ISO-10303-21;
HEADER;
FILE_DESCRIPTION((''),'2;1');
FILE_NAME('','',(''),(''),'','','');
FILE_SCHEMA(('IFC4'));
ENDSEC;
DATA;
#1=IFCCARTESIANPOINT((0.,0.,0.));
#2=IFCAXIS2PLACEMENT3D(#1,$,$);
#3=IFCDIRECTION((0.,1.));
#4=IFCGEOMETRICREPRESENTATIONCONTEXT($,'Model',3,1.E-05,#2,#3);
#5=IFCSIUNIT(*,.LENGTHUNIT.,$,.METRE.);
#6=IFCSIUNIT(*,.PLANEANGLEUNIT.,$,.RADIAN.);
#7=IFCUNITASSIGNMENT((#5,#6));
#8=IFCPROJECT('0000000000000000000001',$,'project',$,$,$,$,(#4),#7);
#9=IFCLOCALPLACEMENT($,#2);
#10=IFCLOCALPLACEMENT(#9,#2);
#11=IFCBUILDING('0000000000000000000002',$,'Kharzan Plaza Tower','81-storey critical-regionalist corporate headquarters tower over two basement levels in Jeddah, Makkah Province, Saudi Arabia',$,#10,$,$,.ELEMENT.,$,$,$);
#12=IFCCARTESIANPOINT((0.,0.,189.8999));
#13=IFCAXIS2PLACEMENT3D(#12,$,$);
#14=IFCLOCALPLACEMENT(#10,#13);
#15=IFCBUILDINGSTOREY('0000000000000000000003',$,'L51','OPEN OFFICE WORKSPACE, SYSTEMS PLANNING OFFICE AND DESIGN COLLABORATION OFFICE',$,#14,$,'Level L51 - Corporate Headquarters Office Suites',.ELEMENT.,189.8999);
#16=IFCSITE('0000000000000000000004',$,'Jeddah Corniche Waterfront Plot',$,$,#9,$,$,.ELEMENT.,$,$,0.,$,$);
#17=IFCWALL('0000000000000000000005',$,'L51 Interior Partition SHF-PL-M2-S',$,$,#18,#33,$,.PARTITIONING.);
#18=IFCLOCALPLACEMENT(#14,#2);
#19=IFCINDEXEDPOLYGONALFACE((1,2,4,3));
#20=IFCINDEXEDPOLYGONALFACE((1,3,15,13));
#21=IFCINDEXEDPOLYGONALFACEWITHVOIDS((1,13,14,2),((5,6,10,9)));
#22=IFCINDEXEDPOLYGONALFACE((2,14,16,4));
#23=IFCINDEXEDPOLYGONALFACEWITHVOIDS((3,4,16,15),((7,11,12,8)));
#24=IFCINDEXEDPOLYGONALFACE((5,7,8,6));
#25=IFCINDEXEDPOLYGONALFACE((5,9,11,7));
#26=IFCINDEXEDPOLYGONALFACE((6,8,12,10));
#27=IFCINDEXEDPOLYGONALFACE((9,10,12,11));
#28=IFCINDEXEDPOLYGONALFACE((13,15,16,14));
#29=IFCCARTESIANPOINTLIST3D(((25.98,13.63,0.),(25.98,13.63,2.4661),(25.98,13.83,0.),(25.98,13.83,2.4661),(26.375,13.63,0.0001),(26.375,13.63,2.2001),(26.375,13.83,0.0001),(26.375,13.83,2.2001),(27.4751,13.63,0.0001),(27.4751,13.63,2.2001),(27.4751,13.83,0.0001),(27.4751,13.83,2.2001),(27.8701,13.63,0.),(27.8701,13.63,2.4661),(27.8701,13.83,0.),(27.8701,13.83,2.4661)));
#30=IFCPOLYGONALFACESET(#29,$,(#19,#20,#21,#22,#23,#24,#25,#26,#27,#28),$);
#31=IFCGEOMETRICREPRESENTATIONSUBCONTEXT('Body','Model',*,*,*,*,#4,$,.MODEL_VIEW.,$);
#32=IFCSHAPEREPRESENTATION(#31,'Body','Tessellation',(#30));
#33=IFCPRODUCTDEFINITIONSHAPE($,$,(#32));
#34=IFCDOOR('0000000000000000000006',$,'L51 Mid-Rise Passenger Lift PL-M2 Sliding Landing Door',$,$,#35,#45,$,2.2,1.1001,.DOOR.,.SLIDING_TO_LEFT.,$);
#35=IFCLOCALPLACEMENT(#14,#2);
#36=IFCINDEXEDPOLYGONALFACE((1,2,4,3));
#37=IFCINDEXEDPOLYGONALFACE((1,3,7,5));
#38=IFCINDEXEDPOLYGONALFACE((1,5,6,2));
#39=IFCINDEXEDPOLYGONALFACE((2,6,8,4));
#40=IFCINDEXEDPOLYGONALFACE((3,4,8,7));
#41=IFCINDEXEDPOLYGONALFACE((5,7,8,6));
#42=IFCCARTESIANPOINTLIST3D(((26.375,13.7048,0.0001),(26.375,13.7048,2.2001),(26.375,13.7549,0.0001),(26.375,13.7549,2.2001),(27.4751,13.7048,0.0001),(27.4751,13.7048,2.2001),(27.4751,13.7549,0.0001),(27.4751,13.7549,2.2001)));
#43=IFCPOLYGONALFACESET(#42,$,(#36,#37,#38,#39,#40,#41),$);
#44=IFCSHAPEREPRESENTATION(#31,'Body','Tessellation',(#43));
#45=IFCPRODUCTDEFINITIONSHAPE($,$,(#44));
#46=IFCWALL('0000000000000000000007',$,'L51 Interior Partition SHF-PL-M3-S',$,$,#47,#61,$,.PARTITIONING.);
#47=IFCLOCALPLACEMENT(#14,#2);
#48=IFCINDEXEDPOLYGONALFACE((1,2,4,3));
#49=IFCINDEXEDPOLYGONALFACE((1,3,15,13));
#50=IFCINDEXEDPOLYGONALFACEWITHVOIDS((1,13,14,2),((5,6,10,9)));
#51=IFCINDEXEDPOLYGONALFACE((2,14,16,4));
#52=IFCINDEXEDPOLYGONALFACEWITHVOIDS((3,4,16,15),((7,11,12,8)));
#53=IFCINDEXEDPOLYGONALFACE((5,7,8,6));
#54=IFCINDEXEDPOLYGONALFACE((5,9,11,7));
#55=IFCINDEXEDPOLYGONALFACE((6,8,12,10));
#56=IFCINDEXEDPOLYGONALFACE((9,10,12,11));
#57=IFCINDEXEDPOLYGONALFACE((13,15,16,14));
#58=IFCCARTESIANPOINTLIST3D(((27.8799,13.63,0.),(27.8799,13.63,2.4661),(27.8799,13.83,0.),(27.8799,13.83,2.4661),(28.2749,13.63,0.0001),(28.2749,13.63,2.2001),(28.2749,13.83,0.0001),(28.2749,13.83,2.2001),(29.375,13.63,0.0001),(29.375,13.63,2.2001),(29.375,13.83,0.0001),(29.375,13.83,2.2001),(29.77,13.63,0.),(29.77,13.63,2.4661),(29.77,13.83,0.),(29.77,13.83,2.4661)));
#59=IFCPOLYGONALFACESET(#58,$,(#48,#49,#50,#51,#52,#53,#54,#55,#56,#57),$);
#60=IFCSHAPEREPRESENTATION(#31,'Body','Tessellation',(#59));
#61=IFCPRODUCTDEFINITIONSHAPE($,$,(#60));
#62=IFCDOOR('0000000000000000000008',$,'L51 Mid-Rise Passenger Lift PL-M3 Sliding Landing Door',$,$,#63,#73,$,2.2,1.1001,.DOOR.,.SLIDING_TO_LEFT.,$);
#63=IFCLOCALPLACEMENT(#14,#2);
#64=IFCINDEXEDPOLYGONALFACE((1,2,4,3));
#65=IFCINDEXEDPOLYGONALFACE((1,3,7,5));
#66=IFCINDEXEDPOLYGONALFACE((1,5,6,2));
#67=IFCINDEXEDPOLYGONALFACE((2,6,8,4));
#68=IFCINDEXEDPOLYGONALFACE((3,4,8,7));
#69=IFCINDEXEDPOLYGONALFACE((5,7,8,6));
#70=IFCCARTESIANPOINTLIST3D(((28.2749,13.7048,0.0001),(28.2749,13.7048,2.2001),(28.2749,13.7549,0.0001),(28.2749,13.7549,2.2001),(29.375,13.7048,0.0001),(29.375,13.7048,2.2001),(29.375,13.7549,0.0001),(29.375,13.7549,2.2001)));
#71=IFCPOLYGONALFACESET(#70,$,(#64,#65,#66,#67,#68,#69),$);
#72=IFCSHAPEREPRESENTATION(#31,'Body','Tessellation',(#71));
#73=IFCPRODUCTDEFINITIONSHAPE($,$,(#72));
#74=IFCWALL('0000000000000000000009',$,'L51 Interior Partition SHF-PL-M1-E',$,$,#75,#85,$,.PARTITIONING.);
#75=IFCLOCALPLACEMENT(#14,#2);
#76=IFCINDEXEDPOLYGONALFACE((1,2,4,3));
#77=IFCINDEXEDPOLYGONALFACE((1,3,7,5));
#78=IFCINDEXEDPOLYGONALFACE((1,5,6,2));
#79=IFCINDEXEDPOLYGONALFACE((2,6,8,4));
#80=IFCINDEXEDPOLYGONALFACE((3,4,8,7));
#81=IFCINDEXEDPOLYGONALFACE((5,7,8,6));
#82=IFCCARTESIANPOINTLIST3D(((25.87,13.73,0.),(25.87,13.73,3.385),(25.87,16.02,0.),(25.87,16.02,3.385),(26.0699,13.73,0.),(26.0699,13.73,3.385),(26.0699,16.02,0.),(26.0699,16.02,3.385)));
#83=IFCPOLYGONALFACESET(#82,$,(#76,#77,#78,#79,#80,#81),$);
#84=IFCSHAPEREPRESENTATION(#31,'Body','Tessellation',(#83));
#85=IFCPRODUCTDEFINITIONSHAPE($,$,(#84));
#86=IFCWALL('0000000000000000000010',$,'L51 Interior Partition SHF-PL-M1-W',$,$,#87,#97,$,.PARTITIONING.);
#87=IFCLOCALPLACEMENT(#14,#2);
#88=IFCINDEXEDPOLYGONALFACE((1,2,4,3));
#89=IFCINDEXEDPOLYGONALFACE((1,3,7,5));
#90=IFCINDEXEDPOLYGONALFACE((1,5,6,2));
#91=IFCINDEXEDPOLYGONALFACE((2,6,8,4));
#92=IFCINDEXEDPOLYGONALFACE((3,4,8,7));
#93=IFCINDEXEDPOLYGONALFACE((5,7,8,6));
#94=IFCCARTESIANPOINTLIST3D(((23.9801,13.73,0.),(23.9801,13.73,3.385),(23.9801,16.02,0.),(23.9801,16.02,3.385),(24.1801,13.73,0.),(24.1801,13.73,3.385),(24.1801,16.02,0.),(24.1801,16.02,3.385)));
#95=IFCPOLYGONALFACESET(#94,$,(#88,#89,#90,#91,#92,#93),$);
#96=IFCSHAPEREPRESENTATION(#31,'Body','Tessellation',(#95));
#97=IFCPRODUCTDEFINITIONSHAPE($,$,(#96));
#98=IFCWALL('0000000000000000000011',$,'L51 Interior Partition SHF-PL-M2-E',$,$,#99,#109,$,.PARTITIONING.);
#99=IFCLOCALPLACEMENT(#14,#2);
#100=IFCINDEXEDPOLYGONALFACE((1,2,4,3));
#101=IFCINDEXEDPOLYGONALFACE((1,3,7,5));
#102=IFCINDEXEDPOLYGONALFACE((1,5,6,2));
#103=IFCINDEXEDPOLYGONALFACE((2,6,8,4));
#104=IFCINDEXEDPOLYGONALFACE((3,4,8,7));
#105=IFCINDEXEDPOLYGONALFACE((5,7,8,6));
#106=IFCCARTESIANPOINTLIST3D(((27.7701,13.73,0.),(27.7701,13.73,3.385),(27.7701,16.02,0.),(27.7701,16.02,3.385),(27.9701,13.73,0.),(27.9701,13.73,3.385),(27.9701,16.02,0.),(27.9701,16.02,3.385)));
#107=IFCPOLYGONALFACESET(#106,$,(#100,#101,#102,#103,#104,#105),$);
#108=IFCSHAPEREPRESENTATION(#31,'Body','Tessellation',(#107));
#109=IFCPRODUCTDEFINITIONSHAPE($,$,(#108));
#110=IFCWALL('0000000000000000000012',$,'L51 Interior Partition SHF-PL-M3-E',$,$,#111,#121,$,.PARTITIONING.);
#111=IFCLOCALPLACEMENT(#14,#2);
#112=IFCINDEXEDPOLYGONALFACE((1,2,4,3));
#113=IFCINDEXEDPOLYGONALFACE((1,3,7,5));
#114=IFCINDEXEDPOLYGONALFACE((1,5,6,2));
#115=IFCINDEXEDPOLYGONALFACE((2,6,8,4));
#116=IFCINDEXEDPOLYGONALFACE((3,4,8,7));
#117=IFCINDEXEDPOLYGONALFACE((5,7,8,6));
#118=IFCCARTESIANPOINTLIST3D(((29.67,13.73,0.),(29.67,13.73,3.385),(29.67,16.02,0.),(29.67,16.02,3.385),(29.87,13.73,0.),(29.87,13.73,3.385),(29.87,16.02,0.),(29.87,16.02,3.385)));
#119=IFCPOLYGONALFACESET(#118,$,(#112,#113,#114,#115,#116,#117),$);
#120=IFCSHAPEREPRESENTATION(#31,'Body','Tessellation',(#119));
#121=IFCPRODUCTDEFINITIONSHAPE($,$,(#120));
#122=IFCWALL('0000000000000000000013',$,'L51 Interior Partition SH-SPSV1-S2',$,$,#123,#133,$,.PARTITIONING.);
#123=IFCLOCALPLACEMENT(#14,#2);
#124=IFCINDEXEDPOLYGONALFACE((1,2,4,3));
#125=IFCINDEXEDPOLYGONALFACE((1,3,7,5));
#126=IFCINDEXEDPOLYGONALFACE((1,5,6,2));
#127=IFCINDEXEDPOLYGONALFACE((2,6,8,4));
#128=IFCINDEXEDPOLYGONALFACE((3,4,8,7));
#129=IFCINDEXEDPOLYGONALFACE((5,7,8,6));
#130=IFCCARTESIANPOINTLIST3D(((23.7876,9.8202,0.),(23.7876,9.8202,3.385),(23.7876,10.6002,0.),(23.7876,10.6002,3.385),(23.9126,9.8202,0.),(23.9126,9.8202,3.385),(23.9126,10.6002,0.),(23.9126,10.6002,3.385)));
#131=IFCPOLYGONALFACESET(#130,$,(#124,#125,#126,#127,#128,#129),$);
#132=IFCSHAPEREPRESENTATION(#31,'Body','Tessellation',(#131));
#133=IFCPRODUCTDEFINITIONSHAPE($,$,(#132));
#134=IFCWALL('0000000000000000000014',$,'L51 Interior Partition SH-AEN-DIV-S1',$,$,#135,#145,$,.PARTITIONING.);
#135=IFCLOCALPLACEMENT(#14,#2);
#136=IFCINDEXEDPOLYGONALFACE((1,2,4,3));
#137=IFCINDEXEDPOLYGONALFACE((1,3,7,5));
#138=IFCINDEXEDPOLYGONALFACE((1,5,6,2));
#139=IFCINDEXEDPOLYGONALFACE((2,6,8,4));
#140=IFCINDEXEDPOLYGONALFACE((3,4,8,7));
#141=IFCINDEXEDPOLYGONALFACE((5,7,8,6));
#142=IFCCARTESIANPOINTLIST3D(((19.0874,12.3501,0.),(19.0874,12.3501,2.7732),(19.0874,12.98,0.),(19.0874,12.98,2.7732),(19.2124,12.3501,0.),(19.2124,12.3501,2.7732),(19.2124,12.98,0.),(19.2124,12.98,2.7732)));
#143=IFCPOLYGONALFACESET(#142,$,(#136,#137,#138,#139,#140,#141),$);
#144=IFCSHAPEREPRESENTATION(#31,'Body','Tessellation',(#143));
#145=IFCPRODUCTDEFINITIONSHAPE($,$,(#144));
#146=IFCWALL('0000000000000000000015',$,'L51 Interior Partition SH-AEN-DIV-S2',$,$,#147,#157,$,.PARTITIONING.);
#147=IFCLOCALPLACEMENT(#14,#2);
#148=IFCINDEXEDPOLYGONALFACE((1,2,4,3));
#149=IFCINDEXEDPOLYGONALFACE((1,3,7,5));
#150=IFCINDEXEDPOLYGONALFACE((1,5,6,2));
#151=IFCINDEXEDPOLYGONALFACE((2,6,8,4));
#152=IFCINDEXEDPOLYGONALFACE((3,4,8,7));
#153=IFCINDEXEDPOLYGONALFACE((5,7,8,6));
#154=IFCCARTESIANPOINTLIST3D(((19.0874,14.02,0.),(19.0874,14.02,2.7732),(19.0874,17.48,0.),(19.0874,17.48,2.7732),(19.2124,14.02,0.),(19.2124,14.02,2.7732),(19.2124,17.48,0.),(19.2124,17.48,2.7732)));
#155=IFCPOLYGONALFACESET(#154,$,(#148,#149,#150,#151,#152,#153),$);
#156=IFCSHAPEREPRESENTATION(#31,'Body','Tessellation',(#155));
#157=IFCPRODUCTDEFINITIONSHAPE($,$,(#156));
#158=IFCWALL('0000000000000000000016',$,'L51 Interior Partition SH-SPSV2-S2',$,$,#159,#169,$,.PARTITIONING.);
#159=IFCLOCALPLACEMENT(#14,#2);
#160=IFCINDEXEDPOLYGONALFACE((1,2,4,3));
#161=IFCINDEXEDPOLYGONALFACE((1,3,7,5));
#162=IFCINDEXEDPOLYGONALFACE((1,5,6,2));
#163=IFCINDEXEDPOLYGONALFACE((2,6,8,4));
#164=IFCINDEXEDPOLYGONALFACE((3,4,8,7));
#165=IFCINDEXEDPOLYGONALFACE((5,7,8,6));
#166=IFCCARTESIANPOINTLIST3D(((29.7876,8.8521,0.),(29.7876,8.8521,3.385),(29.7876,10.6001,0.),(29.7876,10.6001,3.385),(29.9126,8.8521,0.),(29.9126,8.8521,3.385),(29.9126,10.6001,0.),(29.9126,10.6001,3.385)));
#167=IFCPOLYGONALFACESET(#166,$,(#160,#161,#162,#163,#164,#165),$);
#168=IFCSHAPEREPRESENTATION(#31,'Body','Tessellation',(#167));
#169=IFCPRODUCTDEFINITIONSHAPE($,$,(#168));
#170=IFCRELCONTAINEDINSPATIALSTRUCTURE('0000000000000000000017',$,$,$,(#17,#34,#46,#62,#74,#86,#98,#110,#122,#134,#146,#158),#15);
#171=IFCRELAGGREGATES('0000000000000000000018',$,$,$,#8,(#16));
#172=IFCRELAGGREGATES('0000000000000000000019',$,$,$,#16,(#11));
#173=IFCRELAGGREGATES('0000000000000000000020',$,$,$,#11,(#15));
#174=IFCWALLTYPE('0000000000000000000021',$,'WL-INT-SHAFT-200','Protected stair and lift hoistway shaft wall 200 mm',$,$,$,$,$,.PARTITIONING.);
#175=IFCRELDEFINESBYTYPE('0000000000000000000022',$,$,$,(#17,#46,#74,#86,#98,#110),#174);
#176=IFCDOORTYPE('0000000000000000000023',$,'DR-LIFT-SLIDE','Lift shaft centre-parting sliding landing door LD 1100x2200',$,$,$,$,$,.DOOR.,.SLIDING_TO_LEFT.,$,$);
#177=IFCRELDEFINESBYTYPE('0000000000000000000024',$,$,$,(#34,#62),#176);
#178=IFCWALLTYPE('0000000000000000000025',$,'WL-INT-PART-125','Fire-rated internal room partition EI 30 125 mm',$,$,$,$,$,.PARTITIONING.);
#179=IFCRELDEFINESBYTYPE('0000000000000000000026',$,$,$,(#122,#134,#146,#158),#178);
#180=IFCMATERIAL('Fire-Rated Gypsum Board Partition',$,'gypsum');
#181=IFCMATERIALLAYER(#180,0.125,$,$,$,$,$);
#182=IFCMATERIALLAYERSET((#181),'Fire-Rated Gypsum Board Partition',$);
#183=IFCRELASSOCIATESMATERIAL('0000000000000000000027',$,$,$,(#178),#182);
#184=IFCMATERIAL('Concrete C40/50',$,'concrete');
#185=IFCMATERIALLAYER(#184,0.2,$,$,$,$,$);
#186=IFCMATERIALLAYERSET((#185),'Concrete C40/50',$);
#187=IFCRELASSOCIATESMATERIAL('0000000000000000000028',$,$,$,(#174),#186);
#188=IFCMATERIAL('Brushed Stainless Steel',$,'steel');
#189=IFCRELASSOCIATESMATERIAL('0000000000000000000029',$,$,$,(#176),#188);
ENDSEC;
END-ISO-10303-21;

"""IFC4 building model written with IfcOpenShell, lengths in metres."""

from ifc_helpers import new_model, si_unit, direction, frame, frame_2d, origin, place, context, subcontext, project, spatial, rectangle, extrude, source, transform, mapped, material, layer, layer_set, type_object, element, fill, save


model = new_model("IFC4")

# Units and contexts
model_context = context("Model", 3, precision=1e-05, world=origin(), true_north=direction((0.0, 1.0)))
body_context = subcontext(model_context, "Body", "Model", "MODEL_VIEW")
ifc_project = project(units=[si_unit("LENGTHUNIT", "METRE"), si_unit("PLANEANGLEUNIT", "RADIAN")], contexts=[model_context])

# Site, building, storey
site_placement = place(None, origin())
site = spatial("IfcSite", under=ifc_project, at=site_placement, Name="Jeddah Corniche Waterfront Plot", CompositionType="ELEMENT", RefElevation=0.0)
building_placement = place(site_placement, origin())
building = spatial("IfcBuilding", under=site, at=building_placement, Name="Kharzan Plaza Tower", Description="81-storey critical-regionalist corporate headquarters tower over two basement levels in Jeddah, Makkah Province, Saudi Arabia", CompositionType="ELEMENT")
storey_placement = place(building_placement, frame((0.0, 0.0, 189.8999)))
storey = spatial("IfcBuildingStorey", under=building, at=storey_placement, Name="L51", Description="OPEN OFFICE WORKSPACE, SYSTEMS PLANNING OFFICE AND DESIGN COLLABORATION OFFICE", LongName="Level L51 - Corporate Headquarters Office Suites", CompositionType="ELEMENT", Elevation=189.8999)

# Walls, openings, doors
ifc_material_1 = material(Name="Fire-Rated Gypsum Board Partition", Category="gypsum")
ifc_layer_1 = layer(ifc_material_1, 0.125)
ifc_layer_set_1 = layer_set([ifc_layer_1], Name="Fire-Rated Gypsum Board Partition")
wall_type_1 = type_object("IfcWallType", Name="WL-INT-PART-125", Description="Fire-rated internal room partition EI 30 125 mm", PredefinedType="PARTITIONING", material=ifc_layer_set_1)
ifc_material_2 = material(Name="Concrete C40/50", Category="concrete")
ifc_layer_2 = layer(ifc_material_2, 0.2)
ifc_layer_set_2 = layer_set([ifc_layer_2], Name="Concrete C40/50")
wall_type_2 = type_object("IfcWallType", Name="WL-INT-SHAFT-200", Description="Protected stair and lift hoistway shaft wall 200 mm", PredefinedType="PARTITIONING", material=ifc_layer_set_2)
ifc_material_3 = material(Name="Brushed Stainless Steel", Category="steel")
door_type_1 = type_object("IfcDoorType", Name="DR-LIFT-SLIDE", Description="Lift shaft centre-parting sliding landing door LD 1100x2200", OperationType="SLIDING_TO_LEFT", PredefinedType="DOOR", material=ifc_material_3)
shared_shape_1 = source(origin(), body_context, "Body", "SweptSolid", [
    extrude(rectangle(XDim=1.1001, YDim=2.2, at=frame_2d((0.55, 1.1001))), frame((0.0, 0.0249, 0.0), z_axis=(0.0, -1.0, 0.0), x_axis=(1.0, 0.0, 0.0)), (0.0, 0.0, 1.0), 0.05),
])
wall_1_placement = place(storey_placement, frame((25.98, 13.73, 0.0), z_axis=(0.0, 0.0, 1.0), x_axis=(1.0, 0.0, 0.0)))
wall_1 = element("IfcWall", 1, at=wall_1_placement, inside=storey, type_object=wall_type_2, Name="L51 Interior Partition SHF-PL-M2-S", PredefinedType="PARTITIONING", context=body_context, shape_type="SweptSolid", body=[
    extrude(rectangle(XDim=1.8901, YDim=0.2, at=frame_2d((0.9451, 0.0))), origin(), (0.0, 0.0, 1.0), 2.4661),
])
opening_1_placement = place(wall_1_placement, frame((0.395, 0.0, 0.0)))
opening_1 = element("IfcOpeningElement", 2, at=opening_1_placement, cuts=wall_1, PredefinedType="OPENING", context=body_context, shape_type="SweptSolid", body=[
    extrude(rectangle(XDim=1.1001, YDim=2.2, at=frame_2d((0.55, 1.1001))), frame((0.0, 0.1099, 0.0), z_axis=(0.0, -1.0, 0.0), x_axis=(1.0, 0.0, 0.0)), (0.0, 0.0, 1.0), 0.22),
])
door_1_placement = place(opening_1_placement, origin())
door_1 = element("IfcDoor", 3, at=door_1_placement, inside=storey, type_object=door_type_1, Name="L51 Mid-Rise Passenger Lift PL-M2 Sliding Landing Door", OperationType="SLIDING_TO_LEFT", OverallHeight=2.2, OverallWidth=1.1001, PredefinedType="DOOR", context=body_context, shape_type="MappedRepresentation", body=[
    mapped(shared_shape_1, transform((0.0, 0.0, 0.0), x_axis=(1.0, 0.0, 0.0), y_axis=(0.0, 1.0, 0.0), z_axis=(0.0, 0.0, 1.0))),
])
fill(opening_1, door_1)
wall_2_placement = place(storey_placement, frame((27.8799, 13.73, 0.0), z_axis=(0.0, 0.0, 1.0), x_axis=(1.0, 0.0, 0.0)))
wall_2 = element("IfcWall", 4, at=wall_2_placement, inside=storey, type_object=wall_type_2, Name="L51 Interior Partition SHF-PL-M3-S", PredefinedType="PARTITIONING", context=body_context, shape_type="SweptSolid", body=[
    extrude(rectangle(XDim=1.8901, YDim=0.2, at=frame_2d((0.9451, 0.0))), origin(), (0.0, 0.0, 1.0), 2.4661),
])
opening_2_placement = place(wall_2_placement, frame((0.395, 0.0, 0.0)))
opening_2 = element("IfcOpeningElement", 5, at=opening_2_placement, cuts=wall_2, PredefinedType="OPENING", context=body_context, shape_type="SweptSolid", body=[
    extrude(rectangle(XDim=1.1001, YDim=2.2, at=frame_2d((0.55, 1.1001))), frame((0.0, 0.1099, 0.0), z_axis=(0.0, -1.0, 0.0), x_axis=(1.0, 0.0, 0.0)), (0.0, 0.0, 1.0), 0.22),
])
door_2_placement = place(opening_2_placement, origin())
door_2 = element("IfcDoor", 6, at=door_2_placement, inside=storey, type_object=door_type_1, Name="L51 Mid-Rise Passenger Lift PL-M3 Sliding Landing Door", OperationType="SLIDING_TO_LEFT", OverallHeight=2.2, OverallWidth=1.1001, PredefinedType="DOOR", context=body_context, shape_type="MappedRepresentation", body=[
    mapped(shared_shape_1, transform((0.0, 0.0, 0.0), x_axis=(1.0, 0.0, 0.0), y_axis=(0.0, 1.0, 0.0), z_axis=(0.0, 0.0, 1.0))),
])
fill(opening_2, door_2)

# Walls
shared_shape_2 = source(origin(), body_context, "Body", "SweptSolid", [
    extrude(rectangle(XDim=2.29, YDim=0.2, at=frame_2d((1.145, 0.0))), origin(), (0.0, 0.0, 1.0), 3.385),
])
for number, where, z_axis, x_axis, name in (
    (7, (25.97, 13.73, 0.0), (0.0, 0.0, 1.0), (0.0, 1.0, 0.0), "L51 Interior Partition SHF-PL-M1-E"),
    (8, (24.0801, 13.73, 0.0), (0.0, 0.0, 1.0), (0.0, 1.0, 0.0), "L51 Interior Partition SHF-PL-M1-W"),
    (9, (27.8701, 13.73, 0.0), (0.0, 0.0, 1.0), (0.0, 1.0, 0.0), "L51 Interior Partition SHF-PL-M2-E"),
    (10, (29.77, 13.73, 0.0), (0.0, 0.0, 1.0), (0.0, 1.0, 0.0), "L51 Interior Partition SHF-PL-M3-E"),
):
    element("IfcWall", number, at=place(storey_placement, frame(where, z_axis=z_axis, x_axis=x_axis)), inside=storey, type_object=wall_type_2, Name=name, PredefinedType="PARTITIONING", context=body_context, shape_type="MappedRepresentation", body=[
        mapped(shared_shape_2, transform((0.0, 0.0, 0.0), x_axis=(1.0, 0.0, 0.0), y_axis=(0.0, 1.0, 0.0), z_axis=(0.0, 0.0, 1.0))),
    ])
shared_shape_3 = source(origin(), body_context, "Body", "SweptSolid", [
    extrude(rectangle(XDim=0.78, YDim=0.125, at=frame_2d((0.3901, 0.0))), origin(), (0.0, 0.0, 1.0), 3.385),
])
wall_3_placement = place(storey_placement, frame((23.8501, 9.8201, 0.0), z_axis=(0.0, 0.0, 1.0), x_axis=(0.0, 1.0, 0.0)))
element("IfcWall", 11, at=wall_3_placement, inside=storey, type_object=wall_type_1, Name="L51 Interior Partition SH-SPSV1-S2", PredefinedType="PARTITIONING", context=body_context, shape_type="MappedRepresentation", body=[
    mapped(shared_shape_3, transform((0.0, 0.0, 0.0), x_axis=(1.0, 0.0, 0.0), y_axis=(0.0, 1.0, 0.0), z_axis=(0.0, 0.0, 1.0))),
])
shared_shape_4 = source(origin(), body_context, "Body", "SweptSolid", [
    extrude(rectangle(XDim=0.6299, YDim=0.125, at=frame_2d((0.3149, 0.0))), origin(), (0.0, 0.0, 1.0), 2.7732),
])
wall_4_placement = place(storey_placement, frame((19.1499, 12.3501, 0.0), z_axis=(0.0, 0.0, 1.0), x_axis=(0.0, 1.0, 0.0)))
element("IfcWall", 12, at=wall_4_placement, inside=storey, type_object=wall_type_1, Name="L51 Interior Partition SH-AEN-DIV-S1", PredefinedType="PARTITIONING", context=body_context, shape_type="MappedRepresentation", body=[
    mapped(shared_shape_4, transform((0.0, 0.0, 0.0), x_axis=(1.0, 0.0, 0.0), y_axis=(0.0, 1.0, 0.0), z_axis=(0.0, 0.0, 1.0))),
])
shared_shape_5 = source(origin(), body_context, "Body", "SweptSolid", [
    extrude(rectangle(XDim=3.46, YDim=0.125, at=frame_2d((1.73, 0.0))), origin(), (0.0, 0.0, 1.0), 2.7732),
])
wall_5_placement = place(storey_placement, frame((19.1499, 14.02, 0.0), z_axis=(0.0, 0.0, 1.0), x_axis=(0.0, 1.0, 0.0)))
element("IfcWall", 13, at=wall_5_placement, inside=storey, type_object=wall_type_1, Name="L51 Interior Partition SH-AEN-DIV-S2", PredefinedType="PARTITIONING", context=body_context, shape_type="MappedRepresentation", body=[
    mapped(shared_shape_5, transform((0.0, 0.0, 0.0), x_axis=(1.0, 0.0, 0.0), y_axis=(0.0, 1.0, 0.0), z_axis=(0.0, 0.0, 1.0))),
])
shared_shape_6 = source(origin(), body_context, "Body", "SweptSolid", [
    extrude(rectangle(XDim=1.748, YDim=0.125, at=frame_2d((0.874, 0.0))), origin(), (0.0, 0.0, 1.0), 3.385),
])
wall_6_placement = place(storey_placement, frame((29.8501, 8.8521, 0.0), z_axis=(0.0, 0.0, 1.0), x_axis=(0.0, 1.0, 0.0)))
element("IfcWall", 14, at=wall_6_placement, inside=storey, type_object=wall_type_1, Name="L51 Interior Partition SH-SPSV2-S2", PredefinedType="PARTITIONING", context=body_context, shape_type="MappedRepresentation", body=[
    mapped(shared_shape_6, transform((0.0, 0.0, 0.0), x_axis=(1.0, 0.0, 0.0), y_axis=(0.0, 1.0, 0.0), z_axis=(0.0, 0.0, 1.0))),
])

save(model, "model.ifc")
